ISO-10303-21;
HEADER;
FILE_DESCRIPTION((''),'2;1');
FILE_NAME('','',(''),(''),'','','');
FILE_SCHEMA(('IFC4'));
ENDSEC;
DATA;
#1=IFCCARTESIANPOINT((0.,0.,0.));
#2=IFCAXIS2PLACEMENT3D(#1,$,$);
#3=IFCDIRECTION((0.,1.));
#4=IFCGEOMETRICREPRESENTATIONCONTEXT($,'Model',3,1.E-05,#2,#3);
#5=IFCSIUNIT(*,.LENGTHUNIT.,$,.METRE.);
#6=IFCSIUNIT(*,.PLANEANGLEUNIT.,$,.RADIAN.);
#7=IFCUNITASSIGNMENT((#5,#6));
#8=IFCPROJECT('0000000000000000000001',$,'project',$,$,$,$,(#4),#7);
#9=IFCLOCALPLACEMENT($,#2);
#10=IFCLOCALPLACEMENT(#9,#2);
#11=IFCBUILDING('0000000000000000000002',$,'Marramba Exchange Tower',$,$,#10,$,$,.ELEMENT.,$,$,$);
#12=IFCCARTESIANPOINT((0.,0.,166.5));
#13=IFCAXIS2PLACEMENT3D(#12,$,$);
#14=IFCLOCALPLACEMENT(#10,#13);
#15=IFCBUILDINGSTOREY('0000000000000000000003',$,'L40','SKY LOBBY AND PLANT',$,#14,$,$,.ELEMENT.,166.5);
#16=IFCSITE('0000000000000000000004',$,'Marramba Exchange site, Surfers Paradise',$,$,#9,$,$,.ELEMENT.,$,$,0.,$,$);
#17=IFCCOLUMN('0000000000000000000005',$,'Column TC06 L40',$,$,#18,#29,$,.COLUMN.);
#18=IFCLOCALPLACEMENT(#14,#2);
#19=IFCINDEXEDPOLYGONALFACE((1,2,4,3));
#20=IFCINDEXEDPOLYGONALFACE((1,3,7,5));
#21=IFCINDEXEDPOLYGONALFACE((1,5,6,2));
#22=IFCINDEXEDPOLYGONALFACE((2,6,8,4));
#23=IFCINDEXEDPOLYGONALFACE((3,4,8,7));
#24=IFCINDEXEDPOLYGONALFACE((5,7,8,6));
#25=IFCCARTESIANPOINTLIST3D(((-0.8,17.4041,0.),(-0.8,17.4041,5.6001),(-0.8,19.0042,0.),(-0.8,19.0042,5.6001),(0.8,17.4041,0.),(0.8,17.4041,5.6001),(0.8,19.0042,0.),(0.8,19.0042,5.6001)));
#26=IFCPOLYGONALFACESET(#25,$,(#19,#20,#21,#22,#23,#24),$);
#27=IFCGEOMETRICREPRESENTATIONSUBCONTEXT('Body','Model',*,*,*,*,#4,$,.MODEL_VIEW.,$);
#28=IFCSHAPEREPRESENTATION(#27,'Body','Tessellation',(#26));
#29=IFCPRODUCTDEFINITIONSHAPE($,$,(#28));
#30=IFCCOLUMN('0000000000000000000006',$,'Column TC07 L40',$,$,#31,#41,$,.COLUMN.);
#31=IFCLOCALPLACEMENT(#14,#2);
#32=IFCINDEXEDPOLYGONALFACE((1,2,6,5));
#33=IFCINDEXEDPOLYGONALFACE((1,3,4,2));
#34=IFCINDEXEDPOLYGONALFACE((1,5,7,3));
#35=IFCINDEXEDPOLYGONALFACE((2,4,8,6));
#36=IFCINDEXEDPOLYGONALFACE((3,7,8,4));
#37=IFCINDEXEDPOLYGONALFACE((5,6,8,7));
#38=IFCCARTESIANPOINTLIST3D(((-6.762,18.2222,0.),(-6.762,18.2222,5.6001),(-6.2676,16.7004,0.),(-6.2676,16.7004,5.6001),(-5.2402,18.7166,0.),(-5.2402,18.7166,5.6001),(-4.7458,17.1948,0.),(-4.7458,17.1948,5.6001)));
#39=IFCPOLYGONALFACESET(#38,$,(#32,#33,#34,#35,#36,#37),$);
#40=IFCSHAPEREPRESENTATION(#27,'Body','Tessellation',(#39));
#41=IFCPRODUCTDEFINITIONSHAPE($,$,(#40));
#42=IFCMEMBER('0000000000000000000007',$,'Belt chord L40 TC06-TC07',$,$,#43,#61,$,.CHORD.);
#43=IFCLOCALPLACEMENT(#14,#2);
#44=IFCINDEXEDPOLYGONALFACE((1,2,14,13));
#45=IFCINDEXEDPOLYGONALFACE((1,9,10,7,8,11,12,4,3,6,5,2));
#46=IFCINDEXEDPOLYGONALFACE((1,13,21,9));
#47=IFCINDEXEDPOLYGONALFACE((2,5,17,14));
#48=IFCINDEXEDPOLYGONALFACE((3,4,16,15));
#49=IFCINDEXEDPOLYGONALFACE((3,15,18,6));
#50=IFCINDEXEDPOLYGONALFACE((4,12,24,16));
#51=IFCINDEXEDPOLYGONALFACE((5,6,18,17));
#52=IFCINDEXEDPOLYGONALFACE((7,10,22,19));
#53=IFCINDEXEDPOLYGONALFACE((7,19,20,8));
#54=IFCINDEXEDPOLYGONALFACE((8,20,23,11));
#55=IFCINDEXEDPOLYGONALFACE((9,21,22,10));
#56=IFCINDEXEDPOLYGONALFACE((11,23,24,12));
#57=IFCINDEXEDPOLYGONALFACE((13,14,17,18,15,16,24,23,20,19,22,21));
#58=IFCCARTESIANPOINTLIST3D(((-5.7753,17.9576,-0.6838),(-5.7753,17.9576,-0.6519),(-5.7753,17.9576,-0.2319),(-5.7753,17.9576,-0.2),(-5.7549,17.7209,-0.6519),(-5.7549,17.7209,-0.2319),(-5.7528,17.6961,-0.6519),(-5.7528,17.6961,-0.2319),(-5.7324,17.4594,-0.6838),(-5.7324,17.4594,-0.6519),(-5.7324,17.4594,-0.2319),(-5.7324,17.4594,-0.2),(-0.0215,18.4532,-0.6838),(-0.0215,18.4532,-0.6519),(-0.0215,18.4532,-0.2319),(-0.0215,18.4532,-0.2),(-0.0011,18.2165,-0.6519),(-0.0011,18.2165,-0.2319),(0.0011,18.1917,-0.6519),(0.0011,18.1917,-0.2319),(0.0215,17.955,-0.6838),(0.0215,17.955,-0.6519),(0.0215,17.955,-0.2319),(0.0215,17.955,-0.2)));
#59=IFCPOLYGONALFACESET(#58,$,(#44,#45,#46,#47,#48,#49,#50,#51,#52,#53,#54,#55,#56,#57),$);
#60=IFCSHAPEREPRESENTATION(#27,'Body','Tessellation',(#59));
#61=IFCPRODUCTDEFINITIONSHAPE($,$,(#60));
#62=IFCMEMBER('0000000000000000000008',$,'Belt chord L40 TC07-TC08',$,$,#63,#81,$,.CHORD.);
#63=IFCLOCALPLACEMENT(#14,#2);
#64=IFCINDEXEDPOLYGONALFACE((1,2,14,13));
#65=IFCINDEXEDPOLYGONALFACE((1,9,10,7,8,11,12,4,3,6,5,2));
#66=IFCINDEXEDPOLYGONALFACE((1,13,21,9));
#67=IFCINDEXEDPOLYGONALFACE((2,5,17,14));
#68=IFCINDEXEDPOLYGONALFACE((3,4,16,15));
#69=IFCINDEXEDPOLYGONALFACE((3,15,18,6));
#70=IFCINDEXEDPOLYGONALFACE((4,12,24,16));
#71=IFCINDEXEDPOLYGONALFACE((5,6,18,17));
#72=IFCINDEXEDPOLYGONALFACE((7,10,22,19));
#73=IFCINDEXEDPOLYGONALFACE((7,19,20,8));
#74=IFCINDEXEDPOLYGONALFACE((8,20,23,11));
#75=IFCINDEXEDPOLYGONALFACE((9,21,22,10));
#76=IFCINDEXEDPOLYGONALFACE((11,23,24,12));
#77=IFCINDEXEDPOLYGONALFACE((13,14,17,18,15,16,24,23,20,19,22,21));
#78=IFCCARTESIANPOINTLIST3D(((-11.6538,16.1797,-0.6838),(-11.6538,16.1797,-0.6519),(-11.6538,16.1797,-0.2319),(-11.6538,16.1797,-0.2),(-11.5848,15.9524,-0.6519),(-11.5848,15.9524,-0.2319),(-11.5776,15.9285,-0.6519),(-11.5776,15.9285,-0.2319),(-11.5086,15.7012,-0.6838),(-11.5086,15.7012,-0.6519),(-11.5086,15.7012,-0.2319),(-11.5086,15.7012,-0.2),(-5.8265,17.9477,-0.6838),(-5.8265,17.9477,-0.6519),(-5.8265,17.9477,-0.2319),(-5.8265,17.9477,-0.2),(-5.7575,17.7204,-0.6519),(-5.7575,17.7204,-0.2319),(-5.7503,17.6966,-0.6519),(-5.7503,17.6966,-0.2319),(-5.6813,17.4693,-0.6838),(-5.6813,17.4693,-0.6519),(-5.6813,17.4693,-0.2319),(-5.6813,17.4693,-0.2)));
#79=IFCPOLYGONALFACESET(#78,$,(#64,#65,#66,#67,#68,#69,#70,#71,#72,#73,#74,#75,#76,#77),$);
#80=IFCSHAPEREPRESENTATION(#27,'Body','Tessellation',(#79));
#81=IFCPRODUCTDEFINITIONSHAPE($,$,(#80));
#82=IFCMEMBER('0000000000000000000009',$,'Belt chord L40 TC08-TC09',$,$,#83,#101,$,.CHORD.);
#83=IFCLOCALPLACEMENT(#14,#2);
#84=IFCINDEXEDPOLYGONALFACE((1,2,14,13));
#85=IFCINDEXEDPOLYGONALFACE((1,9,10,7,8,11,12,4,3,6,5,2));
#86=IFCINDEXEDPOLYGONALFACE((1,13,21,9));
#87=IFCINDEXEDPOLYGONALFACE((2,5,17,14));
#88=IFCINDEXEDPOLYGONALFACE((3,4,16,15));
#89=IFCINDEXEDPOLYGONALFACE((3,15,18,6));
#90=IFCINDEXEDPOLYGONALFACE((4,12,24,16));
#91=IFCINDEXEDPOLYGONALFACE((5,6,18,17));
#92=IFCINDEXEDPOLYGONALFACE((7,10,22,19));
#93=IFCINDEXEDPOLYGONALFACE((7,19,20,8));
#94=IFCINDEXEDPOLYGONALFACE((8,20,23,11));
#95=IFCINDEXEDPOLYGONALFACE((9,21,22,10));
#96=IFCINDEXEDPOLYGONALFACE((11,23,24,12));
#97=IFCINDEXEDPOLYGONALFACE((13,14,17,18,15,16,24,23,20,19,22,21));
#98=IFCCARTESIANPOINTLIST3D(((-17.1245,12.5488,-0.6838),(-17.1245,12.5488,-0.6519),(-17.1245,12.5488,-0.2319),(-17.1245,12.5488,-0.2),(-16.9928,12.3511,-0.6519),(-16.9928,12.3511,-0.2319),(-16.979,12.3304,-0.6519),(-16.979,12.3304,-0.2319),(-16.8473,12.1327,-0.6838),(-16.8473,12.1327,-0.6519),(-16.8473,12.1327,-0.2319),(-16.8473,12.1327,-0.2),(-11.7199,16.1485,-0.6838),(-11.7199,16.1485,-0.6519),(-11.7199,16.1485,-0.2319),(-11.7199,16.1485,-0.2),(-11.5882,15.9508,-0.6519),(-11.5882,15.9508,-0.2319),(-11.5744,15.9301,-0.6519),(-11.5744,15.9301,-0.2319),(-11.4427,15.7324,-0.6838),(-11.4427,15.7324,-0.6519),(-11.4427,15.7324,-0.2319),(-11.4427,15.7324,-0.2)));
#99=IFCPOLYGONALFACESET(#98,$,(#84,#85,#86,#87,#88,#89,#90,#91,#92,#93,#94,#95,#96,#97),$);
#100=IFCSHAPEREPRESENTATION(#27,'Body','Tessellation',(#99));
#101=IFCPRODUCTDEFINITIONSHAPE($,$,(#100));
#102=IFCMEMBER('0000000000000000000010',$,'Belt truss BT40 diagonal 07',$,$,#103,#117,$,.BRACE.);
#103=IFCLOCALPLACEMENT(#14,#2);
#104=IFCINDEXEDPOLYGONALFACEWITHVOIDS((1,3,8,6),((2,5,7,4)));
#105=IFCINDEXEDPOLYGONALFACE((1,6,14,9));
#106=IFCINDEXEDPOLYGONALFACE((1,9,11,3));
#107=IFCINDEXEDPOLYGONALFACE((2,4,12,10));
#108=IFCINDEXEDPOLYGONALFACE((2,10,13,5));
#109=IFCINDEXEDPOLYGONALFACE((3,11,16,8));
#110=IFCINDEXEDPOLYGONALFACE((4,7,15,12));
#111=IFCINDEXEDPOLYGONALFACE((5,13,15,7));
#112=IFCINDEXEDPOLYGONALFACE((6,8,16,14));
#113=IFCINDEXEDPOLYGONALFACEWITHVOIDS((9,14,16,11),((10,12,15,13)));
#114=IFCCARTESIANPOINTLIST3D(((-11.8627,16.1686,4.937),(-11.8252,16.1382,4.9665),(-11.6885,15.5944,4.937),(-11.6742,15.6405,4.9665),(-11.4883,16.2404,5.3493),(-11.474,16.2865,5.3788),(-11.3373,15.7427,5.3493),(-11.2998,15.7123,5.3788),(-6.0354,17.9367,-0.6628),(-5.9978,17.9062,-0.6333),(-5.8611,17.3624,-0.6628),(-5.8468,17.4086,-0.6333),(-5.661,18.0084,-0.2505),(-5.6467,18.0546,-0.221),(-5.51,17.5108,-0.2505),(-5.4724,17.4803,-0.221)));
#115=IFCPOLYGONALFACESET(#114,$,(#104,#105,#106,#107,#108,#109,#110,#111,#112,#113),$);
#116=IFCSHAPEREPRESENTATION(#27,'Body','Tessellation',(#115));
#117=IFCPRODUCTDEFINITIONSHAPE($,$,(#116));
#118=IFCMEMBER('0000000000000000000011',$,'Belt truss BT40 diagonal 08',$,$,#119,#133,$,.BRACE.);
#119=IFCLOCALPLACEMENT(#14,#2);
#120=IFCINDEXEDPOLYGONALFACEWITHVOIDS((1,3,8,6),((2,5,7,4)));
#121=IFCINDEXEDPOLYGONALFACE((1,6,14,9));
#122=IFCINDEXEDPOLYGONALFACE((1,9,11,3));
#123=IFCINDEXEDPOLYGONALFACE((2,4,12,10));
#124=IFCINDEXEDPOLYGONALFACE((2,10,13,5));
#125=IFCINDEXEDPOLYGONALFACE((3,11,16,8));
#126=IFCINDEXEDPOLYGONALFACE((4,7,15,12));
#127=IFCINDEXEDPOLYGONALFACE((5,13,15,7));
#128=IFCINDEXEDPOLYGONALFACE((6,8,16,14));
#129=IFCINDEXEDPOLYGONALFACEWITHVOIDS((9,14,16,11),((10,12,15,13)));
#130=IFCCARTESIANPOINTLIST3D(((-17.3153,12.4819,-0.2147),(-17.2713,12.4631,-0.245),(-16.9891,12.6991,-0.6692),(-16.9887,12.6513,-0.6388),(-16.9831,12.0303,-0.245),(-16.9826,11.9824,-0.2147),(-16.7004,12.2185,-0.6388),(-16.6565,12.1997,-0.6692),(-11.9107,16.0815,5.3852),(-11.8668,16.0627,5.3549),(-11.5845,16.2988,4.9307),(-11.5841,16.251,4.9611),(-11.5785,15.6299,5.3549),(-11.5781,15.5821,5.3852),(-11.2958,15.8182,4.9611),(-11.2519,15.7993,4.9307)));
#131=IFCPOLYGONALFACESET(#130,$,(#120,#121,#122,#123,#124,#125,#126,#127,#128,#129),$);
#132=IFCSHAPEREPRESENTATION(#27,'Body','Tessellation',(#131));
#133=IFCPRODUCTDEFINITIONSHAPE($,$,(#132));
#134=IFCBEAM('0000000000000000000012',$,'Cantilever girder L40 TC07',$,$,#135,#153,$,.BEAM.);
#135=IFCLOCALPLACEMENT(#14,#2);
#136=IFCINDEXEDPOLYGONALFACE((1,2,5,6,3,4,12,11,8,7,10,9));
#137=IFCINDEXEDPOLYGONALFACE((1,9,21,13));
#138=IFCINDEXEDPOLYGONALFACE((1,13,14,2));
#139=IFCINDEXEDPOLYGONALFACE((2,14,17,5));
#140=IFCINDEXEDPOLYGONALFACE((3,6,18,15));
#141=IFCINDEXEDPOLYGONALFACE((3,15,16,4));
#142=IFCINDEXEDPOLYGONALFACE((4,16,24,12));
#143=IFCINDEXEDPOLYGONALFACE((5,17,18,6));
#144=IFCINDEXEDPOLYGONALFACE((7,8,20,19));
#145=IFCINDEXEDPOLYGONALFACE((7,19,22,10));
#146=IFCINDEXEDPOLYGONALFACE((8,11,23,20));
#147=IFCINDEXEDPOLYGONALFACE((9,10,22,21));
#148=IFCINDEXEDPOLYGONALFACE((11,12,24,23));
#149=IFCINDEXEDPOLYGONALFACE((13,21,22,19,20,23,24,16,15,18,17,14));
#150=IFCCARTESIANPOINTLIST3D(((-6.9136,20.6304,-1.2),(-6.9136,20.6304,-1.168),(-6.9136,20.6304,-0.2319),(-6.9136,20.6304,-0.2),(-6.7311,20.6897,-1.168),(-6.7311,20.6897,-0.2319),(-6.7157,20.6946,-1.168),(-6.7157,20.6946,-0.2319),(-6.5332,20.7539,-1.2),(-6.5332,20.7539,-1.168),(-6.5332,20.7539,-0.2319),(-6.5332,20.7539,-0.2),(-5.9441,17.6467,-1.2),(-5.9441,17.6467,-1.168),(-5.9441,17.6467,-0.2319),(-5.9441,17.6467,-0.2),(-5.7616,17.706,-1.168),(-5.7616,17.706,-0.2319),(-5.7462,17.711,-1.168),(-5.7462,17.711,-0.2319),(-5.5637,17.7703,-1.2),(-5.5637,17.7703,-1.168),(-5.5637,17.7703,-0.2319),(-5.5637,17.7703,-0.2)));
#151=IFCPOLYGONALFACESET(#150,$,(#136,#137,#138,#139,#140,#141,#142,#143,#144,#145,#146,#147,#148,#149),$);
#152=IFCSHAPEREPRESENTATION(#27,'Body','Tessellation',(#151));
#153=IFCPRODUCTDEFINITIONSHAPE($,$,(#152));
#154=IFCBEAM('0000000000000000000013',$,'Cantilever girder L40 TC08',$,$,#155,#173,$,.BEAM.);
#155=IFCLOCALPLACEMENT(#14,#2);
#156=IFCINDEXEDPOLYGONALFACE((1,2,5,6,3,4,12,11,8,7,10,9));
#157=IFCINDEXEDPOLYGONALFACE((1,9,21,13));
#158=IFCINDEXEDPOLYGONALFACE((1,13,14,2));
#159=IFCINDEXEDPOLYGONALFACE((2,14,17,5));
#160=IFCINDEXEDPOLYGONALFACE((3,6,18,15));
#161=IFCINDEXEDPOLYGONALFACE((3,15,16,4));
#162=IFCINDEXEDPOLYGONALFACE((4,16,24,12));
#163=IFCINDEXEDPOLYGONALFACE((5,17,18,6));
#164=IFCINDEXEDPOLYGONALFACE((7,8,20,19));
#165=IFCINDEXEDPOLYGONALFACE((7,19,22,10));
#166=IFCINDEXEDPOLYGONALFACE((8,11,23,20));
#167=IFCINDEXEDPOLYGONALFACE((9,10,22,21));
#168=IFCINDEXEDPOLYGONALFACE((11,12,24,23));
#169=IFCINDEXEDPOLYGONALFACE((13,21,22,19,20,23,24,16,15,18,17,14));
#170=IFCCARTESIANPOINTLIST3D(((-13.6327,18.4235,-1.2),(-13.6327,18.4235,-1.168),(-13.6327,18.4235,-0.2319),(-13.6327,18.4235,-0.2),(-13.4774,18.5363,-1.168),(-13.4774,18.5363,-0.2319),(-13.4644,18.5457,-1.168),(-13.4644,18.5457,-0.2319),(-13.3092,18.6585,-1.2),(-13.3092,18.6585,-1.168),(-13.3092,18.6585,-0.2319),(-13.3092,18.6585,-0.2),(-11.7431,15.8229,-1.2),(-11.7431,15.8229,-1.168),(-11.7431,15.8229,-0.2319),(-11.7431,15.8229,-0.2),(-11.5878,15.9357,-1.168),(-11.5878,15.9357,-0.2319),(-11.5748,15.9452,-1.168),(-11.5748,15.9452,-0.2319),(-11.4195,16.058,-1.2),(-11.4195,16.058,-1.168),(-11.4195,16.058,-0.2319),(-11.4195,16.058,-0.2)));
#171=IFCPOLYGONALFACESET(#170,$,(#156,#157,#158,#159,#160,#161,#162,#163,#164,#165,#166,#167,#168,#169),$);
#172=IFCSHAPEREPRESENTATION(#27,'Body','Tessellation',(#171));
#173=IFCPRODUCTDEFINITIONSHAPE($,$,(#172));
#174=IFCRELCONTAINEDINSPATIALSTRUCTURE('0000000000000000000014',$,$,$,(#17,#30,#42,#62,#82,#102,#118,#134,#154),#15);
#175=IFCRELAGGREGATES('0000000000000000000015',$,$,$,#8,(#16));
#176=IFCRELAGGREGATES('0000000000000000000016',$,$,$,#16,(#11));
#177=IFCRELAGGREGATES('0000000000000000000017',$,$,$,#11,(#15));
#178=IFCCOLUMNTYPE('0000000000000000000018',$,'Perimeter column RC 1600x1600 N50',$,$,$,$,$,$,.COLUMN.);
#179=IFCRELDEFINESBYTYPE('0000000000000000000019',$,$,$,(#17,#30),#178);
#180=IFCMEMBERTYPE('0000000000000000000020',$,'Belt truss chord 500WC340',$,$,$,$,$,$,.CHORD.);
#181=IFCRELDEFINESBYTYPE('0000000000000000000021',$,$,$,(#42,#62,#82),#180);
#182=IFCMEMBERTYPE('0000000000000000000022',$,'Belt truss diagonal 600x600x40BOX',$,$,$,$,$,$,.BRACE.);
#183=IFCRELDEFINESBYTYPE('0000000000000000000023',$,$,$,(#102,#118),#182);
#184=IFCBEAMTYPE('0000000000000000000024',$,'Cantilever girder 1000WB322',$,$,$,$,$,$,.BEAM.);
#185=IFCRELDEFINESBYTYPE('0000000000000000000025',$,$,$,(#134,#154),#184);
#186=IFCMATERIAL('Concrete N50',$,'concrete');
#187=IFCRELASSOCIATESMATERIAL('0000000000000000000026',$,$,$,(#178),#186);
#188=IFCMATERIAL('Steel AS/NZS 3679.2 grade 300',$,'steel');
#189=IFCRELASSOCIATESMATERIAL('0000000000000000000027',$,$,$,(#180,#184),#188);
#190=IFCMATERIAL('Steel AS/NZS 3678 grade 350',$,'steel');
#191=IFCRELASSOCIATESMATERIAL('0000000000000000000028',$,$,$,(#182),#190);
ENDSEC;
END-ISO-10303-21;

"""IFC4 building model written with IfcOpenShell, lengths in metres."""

from ifc_helpers import new_model, si_unit, direction, frame, origin, origin_2d, place, context, subcontext, project, spatial, rectangle, hollow_rectangle, i_section, extrude, material, material_profile, profile_set, type_object, element, save


model = new_model("IFC4")

# Units and contexts
model_context = context("Model", 3, precision=1e-05, world=origin(), true_north=direction((0.0, 1.0)))
body_context = subcontext(model_context, "Body", "Model", "MODEL_VIEW")
ifc_project = project(units=[si_unit("LENGTHUNIT", "METRE"), si_unit("PLANEANGLEUNIT", "RADIAN")], contexts=[model_context])

# Site, building, storey
site_placement = place(None, origin())
site = spatial("IfcSite", under=ifc_project, at=site_placement, Name="Marramba Exchange site, Surfers Paradise", CompositionType="ELEMENT", RefElevation=0.0)
building_placement = place(site_placement, origin())
building = spatial("IfcBuilding", under=site, at=building_placement, Name="Marramba Exchange Tower", CompositionType="ELEMENT")
storey_placement = place(building_placement, frame((0.0, 0.0, 166.5)))
storey = spatial("IfcBuildingStorey", under=building, at=storey_placement, Name="L40", Description="SKY LOBBY AND PLANT", CompositionType="ELEMENT", Elevation=166.5)

# Columns
ifc_material_1 = material(Name="Concrete N50", Category="concrete")
ifc_material_profile_1 = material_profile(ifc_material_1, rectangle(XDim=1.6001, YDim=1.6001, at=origin_2d()), Name="RC 1600x1600")
ifc_profile_set_1 = profile_set([ifc_material_profile_1], Name="Concrete N50")
column_type = type_object("IfcColumnType", Name="Perimeter column RC 1600x1600 N50", PredefinedType="COLUMN", material=ifc_profile_set_1)
for number, where, z_axis, x_axis, name in (
    (1, (0.0, 18.2041, 0.0), (0.0, 0.0, 1.0), (0.0, 1.0, 0.0), "Column TC06 L40"),
    (2, (-5.7539, 17.7085, 0.0), (0.0, 0.0, 1.0), (-0.309017, 0.951057, 0.0), "Column TC07 L40"),
):
    element("IfcColumn", number, at=place(storey_placement, frame(where, z_axis=z_axis, x_axis=x_axis)), inside=storey, type_object=column_type, Name=name, PredefinedType="COLUMN", context=body_context, shape_type="SweptSolid", body=[
        extrude(rectangle(XDim=1.6001, YDim=1.6001, at=origin_2d()), origin(), (0.0, 0.0, 1.0), 5.6001),
    ])

# Members
ifc_material_2 = material(Name="Steel AS/NZS 3679.2 grade 300", Category="steel")
ifc_material_profile_2 = material_profile(ifc_material_2, i_section(OverallWidth=0.5, OverallDepth=0.4839, WebThickness=0.0249, FlangeThickness=0.032, at=origin_2d()), Name="500WC340")
ifc_profile_set_2 = profile_set([ifc_material_profile_2], Name="Steel AS/NZS 3679.2 grade 300")
member_type_1 = type_object("IfcMemberType", Name="Belt truss chord 500WC340", PredefinedType="CHORD", material=ifc_profile_set_2)
member_1_placement = place(storey_placement, frame((0.0, 18.2041, -0.4419), z_axis=(-0.996311, -0.085816, 0.0), x_axis=(0.085816, -0.996311, 0.0)))
element("IfcMember", 3, at=member_1_placement, inside=storey, type_object=member_type_1, Name="Belt chord L40 TC06-TC07", PredefinedType="CHORD", context=body_context, shape_type="SweptSolid", body=[
    extrude(i_section(OverallWidth=0.5, OverallDepth=0.4839, WebThickness=0.0249, FlangeThickness=0.032, at=origin_2d()), origin(), (0.0, 0.0, 1.0), 5.7751),
])
member_2_placement = place(storey_placement, frame((-5.7539, 17.7085, -0.4419), z_axis=(-0.956925, -0.290337, 0.0), x_axis=(0.290337, -0.956925, 0.0)))
element("IfcMember", 4, at=member_2_placement, inside=storey, type_object=member_type_1, Name="Belt chord L40 TC07-TC08", PredefinedType="CHORD", context=body_context, shape_type="SweptSolid", body=[
    extrude(i_section(OverallWidth=0.5, OverallDepth=0.4839, WebThickness=0.0249, FlangeThickness=0.032, at=origin_2d()), origin(), (0.0, 0.0, 1.0), 6.0896),
])
member_3_placement = place(storey_placement, frame((-11.5813, 15.9404, -0.4419), z_axis=(-0.832293, -0.554336, 0.0), x_axis=(0.554336, -0.832293, 0.0)))
element("IfcMember", 5, at=member_3_placement, inside=storey, type_object=member_type_1, Name="Belt chord L40 TC08-TC09", PredefinedType="CHORD", context=body_context, shape_type="SweptSolid", body=[
    extrude(i_section(OverallWidth=0.5, OverallDepth=0.4839, WebThickness=0.0249, FlangeThickness=0.032, at=origin_2d()), origin(), (0.0, 0.0, 1.0), 6.4937),
])
ifc_material_3 = material(Name="Steel AS/NZS 3678 grade 350", Category="steel")
ifc_material_profile_3 = material_profile(ifc_material_3, hollow_rectangle(XDim=0.6001, YDim=0.6001, WallThickness=0.04, at=origin_2d()), Name="600x600x40BOX")
ifc_profile_set_3 = profile_set([ifc_material_profile_3], Name="Steel AS/NZS 3678 grade 350")
member_type_2 = type_object("IfcMemberType", Name="Belt truss diagonal 600x600x40BOX", PredefinedType="BRACE", material=ifc_profile_set_3)
member_4_placement = place(storey_placement, frame((-5.7539, 17.7085, -0.4419), z_axis=(-0.704385, -0.213715, 0.676881), x_axis=(0.290337, -0.956925, 0.0)))
element("IfcMember", 6, at=member_4_placement, inside=storey, type_object=member_type_2, Name="Belt truss BT40 diagonal 07", PredefinedType="BRACE", context=body_context, shape_type="SweptSolid", body=[
    extrude(hollow_rectangle(XDim=0.6001, YDim=0.6001, WallThickness=0.04, at=origin_2d()), origin(), (0.0, 0.0, 1.0), 8.2729),
])
member_5_placement = place(storey_placement, frame((-11.5813, 15.9404, 5.158), z_axis=(-0.630293, -0.419797, -0.653071), x_axis=(0.554336, -0.832293, 0.0)))
element("IfcMember", 7, at=member_5_placement, inside=storey, type_object=member_type_2, Name="Belt truss BT40 diagonal 08", PredefinedType="BRACE", context=body_context, shape_type="SweptSolid", body=[
    extrude(hollow_rectangle(XDim=0.6001, YDim=0.6001, WallThickness=0.04, at=origin_2d()), origin(), (0.0, 0.0, 1.0), 8.5747),
])

# Beams
ifc_material_profile_4 = material_profile(ifc_material_2, i_section(OverallWidth=0.3999, OverallDepth=1.0, WebThickness=0.0161, FlangeThickness=0.032, at=origin_2d()), Name="1000WB322")
ifc_profile_set_4 = profile_set([ifc_material_profile_4], Name="Steel AS/NZS 3679.2 grade 300")
beam_type_1 = type_object("IfcBeamType", Name="Cantilever girder 1000WB322", PredefinedType="BEAM", material=ifc_profile_set_4)
beam_1_placement = place(storey_placement, frame((-5.7539, 17.7085, -0.7), z_axis=(-0.309028, 0.951053, 0.0), x_axis=(-0.951053, -0.309028, 0.0)))
element("IfcBeam", 8, at=beam_1_placement, inside=storey, type_object=beam_type_1, Name="Cantilever girder L40 TC07", PredefinedType="BEAM", context=body_context, shape_type="SweptSolid", body=[
    extrude(i_section(OverallWidth=0.3999, OverallDepth=1.0, WebThickness=0.0161, FlangeThickness=0.032, at=origin_2d()), origin(), (0.0, 0.0, 1.0), 3.1372),
])
beam_2_placement = place(storey_placement, frame((-11.5813, 15.9404, -0.7), z_axis=(-0.587828, 0.808986, 0.0), x_axis=(-0.808986, -0.587828, 0.0)))
element("IfcBeam", 9, at=beam_2_placement, inside=storey, type_object=beam_type_1, Name="Cantilever girder L40 TC08", PredefinedType="BEAM", context=body_context, shape_type="SweptSolid", body=[
    extrude(i_section(OverallWidth=0.3999, OverallDepth=1.0, WebThickness=0.0161, FlangeThickness=0.032, at=origin_2d()), origin(), (0.0, 0.0, 1.0), 3.2146),
])

save(model, "model.ifc")
